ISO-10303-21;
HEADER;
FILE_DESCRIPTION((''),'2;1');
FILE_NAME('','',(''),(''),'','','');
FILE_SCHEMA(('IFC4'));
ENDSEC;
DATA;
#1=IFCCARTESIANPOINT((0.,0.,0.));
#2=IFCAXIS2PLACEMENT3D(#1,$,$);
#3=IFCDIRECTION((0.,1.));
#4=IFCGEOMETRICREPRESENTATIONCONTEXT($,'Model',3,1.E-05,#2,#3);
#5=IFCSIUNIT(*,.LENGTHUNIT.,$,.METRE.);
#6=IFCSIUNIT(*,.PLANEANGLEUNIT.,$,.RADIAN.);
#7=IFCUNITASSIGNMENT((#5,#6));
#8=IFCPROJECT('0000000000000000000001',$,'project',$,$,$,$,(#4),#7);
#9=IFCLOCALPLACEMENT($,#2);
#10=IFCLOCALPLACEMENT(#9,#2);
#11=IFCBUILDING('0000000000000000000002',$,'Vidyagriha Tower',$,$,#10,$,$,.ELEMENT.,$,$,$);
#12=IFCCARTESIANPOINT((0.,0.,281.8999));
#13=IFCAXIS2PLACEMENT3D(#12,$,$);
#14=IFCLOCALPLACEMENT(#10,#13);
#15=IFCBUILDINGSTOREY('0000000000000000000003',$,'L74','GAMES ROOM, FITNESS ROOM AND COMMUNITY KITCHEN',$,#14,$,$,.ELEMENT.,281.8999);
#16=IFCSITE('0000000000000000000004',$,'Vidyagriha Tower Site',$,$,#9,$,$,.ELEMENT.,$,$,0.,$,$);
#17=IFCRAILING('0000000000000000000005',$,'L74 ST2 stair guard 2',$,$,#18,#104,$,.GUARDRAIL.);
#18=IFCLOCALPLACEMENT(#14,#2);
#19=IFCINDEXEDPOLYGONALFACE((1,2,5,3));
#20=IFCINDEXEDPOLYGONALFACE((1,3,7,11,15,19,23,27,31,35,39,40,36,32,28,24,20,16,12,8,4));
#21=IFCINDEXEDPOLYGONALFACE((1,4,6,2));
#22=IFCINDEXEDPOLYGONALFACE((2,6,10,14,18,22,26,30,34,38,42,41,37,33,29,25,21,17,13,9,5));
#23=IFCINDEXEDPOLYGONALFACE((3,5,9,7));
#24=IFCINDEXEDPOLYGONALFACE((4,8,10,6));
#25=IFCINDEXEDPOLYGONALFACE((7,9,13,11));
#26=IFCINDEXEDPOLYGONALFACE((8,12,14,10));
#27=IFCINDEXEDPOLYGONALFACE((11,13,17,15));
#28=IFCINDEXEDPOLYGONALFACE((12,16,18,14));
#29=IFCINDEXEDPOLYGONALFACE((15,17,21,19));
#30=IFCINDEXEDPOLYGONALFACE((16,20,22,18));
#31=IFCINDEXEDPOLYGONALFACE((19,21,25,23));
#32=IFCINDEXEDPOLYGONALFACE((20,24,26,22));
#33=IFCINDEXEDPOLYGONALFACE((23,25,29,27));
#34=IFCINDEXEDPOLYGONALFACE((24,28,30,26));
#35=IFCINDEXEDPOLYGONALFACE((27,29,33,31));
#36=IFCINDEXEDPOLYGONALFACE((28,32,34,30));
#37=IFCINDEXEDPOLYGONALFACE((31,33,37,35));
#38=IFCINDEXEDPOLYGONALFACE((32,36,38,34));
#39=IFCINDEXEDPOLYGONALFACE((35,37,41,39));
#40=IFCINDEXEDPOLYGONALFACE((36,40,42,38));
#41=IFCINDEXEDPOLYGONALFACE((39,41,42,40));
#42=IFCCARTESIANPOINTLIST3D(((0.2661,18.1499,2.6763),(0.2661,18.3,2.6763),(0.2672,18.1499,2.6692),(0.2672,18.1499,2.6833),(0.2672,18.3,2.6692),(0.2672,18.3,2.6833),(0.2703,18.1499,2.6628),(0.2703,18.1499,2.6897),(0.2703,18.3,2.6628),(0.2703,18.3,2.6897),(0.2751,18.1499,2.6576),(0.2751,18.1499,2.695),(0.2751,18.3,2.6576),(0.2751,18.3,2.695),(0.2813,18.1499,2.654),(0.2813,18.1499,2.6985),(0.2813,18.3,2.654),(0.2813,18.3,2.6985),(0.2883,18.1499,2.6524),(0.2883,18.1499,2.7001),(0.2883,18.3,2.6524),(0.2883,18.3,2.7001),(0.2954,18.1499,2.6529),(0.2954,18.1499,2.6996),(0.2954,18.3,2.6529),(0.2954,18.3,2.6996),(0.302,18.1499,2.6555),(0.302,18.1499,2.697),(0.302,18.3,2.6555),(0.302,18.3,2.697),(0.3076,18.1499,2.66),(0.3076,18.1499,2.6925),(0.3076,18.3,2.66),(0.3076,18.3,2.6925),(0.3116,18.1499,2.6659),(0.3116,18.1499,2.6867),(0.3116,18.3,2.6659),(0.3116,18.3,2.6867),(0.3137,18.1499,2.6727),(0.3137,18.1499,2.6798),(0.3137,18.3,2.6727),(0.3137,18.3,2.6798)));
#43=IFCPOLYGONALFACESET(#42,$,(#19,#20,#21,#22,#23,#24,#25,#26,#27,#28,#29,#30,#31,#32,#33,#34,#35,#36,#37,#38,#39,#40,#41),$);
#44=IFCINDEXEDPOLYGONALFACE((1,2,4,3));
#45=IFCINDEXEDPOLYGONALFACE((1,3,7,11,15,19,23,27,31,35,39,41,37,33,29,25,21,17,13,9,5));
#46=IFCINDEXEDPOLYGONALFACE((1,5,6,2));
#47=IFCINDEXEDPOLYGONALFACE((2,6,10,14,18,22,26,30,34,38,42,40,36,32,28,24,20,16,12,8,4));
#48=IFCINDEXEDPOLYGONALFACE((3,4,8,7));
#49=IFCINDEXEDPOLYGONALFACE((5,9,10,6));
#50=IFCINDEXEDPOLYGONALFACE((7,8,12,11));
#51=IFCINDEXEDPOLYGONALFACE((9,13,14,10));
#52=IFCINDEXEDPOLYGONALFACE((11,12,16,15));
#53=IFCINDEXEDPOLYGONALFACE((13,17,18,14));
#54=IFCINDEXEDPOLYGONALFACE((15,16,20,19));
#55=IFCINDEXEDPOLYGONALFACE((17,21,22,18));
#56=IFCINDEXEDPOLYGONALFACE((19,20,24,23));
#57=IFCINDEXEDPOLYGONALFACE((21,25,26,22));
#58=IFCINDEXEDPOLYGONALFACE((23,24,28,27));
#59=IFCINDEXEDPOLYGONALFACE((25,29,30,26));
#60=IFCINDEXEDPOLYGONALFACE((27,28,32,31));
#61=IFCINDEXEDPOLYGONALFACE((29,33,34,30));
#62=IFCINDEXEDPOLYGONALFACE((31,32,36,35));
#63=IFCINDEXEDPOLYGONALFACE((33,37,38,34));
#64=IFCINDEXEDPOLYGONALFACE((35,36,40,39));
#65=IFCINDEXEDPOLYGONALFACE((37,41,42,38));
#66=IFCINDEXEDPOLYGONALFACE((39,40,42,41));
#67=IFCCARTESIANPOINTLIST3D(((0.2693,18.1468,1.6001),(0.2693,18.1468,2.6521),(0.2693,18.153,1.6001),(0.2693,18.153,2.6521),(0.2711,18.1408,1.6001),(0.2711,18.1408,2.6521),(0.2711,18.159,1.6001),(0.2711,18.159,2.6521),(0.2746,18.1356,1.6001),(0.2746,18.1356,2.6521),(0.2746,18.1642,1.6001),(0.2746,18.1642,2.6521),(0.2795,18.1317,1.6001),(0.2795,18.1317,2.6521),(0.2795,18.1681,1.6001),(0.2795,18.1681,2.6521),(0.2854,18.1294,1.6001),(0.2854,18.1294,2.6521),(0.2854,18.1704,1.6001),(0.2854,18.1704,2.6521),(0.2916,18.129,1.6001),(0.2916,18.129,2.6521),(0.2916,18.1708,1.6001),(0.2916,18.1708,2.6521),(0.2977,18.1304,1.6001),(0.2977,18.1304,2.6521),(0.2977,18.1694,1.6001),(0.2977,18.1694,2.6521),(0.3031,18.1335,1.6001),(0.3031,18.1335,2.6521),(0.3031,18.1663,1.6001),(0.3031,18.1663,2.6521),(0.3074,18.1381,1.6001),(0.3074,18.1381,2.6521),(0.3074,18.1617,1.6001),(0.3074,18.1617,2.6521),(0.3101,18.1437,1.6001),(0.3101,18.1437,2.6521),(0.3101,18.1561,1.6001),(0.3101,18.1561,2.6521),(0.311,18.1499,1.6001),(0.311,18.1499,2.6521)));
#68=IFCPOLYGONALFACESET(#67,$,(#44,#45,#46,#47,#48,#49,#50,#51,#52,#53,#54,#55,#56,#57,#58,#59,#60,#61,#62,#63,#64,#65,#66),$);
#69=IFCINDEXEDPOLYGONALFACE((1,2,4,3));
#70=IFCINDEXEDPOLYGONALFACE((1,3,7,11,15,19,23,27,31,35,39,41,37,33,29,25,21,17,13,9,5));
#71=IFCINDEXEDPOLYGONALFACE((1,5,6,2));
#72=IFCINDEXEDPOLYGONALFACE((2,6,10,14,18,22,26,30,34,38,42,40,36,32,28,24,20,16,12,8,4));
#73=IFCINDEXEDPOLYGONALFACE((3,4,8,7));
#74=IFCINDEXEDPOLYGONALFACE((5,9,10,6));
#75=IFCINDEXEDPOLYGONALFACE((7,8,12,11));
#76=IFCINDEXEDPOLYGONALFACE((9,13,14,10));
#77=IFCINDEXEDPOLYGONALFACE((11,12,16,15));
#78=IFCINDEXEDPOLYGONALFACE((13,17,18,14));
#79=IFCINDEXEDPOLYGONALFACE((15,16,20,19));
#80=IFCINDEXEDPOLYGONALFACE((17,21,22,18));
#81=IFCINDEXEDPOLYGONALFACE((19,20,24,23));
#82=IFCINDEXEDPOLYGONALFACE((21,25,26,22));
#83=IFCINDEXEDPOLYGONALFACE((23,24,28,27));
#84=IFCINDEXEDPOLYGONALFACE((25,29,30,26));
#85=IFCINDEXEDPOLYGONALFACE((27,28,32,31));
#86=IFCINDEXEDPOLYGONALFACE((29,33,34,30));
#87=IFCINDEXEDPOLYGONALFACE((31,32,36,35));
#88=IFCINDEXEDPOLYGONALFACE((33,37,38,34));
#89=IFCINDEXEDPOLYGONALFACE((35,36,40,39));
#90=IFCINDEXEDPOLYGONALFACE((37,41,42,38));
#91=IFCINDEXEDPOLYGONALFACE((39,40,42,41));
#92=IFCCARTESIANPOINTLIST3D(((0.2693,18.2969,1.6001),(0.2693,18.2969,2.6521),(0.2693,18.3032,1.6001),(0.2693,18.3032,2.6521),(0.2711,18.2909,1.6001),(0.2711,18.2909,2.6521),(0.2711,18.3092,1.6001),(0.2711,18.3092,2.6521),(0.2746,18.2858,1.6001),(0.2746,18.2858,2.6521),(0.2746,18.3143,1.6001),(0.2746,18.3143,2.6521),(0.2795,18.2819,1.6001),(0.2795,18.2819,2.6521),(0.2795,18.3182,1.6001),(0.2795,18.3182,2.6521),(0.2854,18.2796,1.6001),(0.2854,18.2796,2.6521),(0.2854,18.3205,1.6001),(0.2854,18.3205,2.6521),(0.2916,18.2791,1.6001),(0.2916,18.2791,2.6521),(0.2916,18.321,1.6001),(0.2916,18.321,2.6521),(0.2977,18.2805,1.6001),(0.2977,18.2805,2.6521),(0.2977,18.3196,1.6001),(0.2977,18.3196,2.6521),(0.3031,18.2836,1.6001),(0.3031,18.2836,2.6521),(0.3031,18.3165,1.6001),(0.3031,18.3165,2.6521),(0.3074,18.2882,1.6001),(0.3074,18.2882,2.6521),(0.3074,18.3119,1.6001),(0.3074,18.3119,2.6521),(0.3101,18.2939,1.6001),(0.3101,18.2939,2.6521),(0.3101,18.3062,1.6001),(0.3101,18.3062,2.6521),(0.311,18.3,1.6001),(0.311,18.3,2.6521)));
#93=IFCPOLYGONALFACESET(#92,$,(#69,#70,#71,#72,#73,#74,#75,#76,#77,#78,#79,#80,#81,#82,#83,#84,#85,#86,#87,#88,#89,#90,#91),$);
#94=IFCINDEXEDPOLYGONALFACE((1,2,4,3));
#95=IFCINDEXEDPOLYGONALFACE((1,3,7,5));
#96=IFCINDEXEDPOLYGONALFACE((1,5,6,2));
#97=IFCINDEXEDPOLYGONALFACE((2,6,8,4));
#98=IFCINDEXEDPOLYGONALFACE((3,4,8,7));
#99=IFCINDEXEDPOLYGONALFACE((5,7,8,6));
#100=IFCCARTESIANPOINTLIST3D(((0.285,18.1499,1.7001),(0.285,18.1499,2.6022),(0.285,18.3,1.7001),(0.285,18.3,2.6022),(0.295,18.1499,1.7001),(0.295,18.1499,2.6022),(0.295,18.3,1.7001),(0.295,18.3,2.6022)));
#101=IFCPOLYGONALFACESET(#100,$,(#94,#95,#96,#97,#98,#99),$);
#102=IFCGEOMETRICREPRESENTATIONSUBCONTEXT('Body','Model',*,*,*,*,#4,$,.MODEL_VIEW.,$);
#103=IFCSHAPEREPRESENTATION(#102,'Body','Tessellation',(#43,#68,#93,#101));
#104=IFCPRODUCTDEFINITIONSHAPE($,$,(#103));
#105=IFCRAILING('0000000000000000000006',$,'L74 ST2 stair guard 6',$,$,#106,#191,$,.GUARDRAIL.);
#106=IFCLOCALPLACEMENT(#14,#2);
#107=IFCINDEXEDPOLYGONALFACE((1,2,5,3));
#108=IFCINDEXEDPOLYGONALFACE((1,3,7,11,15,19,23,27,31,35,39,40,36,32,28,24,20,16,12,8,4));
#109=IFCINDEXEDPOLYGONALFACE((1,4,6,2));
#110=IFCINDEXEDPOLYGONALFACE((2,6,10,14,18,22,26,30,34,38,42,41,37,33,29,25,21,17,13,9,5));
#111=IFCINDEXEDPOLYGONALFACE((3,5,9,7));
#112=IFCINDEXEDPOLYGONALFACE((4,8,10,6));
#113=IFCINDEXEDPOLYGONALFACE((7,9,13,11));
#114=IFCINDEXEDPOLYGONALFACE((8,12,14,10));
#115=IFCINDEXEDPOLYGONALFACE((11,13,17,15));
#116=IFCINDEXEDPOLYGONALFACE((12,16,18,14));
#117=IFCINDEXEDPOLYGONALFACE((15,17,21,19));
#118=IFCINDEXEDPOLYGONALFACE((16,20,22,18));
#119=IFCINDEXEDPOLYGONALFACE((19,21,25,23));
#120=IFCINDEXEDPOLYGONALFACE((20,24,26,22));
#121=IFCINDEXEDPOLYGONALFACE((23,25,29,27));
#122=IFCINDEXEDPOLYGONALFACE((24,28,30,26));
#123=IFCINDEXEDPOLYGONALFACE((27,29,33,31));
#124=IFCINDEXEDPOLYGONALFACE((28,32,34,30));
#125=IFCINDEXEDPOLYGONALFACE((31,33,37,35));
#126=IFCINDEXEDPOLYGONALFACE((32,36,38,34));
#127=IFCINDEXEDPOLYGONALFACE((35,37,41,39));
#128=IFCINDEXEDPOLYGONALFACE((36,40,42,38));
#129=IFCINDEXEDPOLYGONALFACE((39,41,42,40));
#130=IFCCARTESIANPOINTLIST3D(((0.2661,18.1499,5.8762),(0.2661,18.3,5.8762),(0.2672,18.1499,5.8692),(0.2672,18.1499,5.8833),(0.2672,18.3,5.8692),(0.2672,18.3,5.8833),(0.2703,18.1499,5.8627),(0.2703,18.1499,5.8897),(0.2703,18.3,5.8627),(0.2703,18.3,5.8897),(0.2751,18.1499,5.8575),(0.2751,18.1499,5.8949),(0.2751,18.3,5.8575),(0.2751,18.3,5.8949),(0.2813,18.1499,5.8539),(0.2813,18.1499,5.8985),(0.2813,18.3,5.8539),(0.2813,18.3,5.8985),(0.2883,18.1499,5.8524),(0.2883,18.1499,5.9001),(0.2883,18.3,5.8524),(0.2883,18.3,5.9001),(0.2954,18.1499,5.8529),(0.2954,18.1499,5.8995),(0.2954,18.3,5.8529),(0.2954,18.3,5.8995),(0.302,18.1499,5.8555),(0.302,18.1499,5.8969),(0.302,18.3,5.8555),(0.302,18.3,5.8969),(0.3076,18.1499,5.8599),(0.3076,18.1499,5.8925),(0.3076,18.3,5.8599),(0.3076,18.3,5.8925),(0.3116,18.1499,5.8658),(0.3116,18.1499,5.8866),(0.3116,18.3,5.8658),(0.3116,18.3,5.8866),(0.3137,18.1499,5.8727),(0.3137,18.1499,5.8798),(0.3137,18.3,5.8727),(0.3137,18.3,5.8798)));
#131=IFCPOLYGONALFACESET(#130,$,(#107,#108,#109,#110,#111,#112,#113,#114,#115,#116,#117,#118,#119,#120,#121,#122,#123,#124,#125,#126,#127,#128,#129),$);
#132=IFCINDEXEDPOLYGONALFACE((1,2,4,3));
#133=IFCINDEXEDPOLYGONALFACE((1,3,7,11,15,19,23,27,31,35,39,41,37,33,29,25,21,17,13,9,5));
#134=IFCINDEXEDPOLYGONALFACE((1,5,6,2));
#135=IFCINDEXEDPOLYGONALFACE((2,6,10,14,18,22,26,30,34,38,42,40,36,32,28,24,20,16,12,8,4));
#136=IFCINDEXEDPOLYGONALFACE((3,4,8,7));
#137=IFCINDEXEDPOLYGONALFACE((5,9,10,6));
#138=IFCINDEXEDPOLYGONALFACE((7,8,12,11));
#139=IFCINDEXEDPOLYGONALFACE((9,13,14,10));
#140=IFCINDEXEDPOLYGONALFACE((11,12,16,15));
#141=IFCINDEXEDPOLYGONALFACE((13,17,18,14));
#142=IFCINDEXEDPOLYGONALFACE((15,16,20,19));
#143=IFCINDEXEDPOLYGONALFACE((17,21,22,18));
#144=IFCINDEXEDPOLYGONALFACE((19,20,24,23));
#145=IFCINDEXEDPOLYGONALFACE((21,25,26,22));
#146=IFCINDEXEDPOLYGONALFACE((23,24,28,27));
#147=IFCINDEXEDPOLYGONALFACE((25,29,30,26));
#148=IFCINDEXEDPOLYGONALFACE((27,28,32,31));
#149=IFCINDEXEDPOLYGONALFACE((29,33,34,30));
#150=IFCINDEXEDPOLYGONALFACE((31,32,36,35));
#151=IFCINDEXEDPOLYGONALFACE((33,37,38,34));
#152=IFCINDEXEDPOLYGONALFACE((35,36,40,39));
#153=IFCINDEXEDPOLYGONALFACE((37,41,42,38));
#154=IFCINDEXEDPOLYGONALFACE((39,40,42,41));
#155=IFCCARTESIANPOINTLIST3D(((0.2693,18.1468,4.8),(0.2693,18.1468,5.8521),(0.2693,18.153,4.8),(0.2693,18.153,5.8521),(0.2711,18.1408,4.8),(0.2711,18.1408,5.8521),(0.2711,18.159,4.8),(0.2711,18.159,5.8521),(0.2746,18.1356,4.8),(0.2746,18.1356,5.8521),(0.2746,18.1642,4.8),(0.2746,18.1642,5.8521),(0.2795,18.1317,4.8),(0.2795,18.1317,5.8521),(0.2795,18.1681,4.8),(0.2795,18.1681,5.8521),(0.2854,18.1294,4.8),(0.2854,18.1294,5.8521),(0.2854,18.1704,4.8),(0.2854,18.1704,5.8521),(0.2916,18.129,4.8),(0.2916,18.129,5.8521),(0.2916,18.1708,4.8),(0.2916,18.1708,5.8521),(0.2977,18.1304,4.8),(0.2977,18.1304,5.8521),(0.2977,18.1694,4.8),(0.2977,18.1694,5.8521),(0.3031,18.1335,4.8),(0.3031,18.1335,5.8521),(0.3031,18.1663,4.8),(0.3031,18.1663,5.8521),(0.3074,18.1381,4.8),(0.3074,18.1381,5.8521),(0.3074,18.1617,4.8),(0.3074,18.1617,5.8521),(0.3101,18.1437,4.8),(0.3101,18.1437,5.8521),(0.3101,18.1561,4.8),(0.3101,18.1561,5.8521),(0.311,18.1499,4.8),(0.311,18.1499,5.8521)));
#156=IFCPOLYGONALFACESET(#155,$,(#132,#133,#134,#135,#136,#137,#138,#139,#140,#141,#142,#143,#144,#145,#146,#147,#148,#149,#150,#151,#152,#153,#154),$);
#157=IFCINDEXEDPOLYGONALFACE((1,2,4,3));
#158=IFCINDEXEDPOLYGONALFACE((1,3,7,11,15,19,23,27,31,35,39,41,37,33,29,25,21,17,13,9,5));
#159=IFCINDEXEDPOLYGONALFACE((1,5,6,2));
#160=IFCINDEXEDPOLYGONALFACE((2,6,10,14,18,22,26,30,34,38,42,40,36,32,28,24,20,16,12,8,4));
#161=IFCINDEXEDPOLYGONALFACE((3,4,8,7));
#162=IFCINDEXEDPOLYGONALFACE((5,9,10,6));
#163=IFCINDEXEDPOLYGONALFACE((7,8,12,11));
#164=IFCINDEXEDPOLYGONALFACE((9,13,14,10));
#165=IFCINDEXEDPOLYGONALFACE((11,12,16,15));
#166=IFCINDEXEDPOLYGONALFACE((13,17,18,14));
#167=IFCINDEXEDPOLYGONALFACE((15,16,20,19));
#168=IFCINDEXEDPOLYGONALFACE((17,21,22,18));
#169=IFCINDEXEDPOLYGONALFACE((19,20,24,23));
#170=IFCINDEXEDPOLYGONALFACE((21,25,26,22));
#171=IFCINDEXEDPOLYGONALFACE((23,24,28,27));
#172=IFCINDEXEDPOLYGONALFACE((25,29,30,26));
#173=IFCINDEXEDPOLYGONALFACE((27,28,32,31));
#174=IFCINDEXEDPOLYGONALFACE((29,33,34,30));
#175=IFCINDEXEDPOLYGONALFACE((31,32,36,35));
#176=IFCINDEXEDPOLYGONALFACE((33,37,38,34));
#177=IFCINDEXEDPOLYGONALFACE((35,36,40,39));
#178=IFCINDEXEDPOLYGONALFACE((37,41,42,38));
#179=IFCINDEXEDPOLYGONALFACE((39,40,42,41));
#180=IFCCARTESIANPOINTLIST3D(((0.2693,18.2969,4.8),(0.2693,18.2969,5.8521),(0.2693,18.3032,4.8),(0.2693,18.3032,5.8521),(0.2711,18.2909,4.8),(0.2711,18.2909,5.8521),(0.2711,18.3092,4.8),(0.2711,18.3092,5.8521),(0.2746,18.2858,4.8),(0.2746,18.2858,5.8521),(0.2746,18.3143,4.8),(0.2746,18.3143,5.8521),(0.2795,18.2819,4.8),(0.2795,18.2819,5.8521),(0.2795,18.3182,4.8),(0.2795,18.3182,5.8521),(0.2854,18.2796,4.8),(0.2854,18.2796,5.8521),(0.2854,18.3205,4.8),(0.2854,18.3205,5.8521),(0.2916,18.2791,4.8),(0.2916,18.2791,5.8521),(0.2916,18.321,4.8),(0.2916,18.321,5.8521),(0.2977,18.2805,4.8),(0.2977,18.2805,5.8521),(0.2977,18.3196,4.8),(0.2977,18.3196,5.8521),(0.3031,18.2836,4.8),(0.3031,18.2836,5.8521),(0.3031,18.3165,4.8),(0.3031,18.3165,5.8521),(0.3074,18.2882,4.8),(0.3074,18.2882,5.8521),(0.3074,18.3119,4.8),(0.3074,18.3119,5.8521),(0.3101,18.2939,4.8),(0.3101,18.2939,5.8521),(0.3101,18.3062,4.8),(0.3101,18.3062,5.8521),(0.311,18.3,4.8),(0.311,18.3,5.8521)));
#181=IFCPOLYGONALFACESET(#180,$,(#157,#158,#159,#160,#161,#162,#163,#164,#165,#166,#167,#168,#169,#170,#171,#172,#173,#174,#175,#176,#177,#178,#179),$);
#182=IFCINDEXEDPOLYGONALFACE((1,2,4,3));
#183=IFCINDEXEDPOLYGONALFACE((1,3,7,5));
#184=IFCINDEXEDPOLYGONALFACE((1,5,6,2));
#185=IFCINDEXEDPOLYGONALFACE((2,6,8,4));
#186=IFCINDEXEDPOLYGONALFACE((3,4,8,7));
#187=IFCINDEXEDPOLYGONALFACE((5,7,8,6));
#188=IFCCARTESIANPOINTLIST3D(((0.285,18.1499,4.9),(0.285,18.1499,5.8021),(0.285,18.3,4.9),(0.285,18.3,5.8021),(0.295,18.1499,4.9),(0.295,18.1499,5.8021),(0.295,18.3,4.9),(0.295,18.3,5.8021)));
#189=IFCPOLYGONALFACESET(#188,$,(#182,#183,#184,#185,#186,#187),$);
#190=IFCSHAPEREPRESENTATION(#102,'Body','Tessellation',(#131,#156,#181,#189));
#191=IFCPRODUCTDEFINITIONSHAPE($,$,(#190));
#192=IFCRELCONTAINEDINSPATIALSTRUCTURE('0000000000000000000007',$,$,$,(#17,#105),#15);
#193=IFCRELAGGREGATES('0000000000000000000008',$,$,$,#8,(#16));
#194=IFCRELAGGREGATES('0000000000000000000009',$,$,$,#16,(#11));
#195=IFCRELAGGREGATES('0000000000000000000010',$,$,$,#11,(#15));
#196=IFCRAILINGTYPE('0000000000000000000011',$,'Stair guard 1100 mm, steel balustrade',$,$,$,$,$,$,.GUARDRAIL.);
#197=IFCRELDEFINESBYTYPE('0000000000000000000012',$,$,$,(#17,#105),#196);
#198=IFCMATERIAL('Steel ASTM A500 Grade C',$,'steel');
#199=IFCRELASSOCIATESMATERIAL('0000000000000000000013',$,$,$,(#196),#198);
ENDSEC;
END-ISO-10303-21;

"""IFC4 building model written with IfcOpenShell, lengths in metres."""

from ifc_helpers import new_model, si_unit, direction, frame, origin, origin_2d, place, context, subcontext, project, spatial, rectangle, circle, extrude, material, type_object, element, save


model = new_model("IFC4")

# Units and contexts
model_context = context("Model", 3, precision=1e-05, world=origin(), true_north=direction((0.0, 1.0)))
body_context = subcontext(model_context, "Body", "Model", "MODEL_VIEW")
ifc_project = project(units=[si_unit("LENGTHUNIT", "METRE"), si_unit("PLANEANGLEUNIT", "RADIAN")], contexts=[model_context])

# Site, building, storey
site_placement = place(None, origin())
site = spatial("IfcSite", under=ifc_project, at=site_placement, Name="Vidyagriha Tower Site", CompositionType="ELEMENT", RefElevation=0.0)
building_placement = place(site_placement, origin())
building = spatial("IfcBuilding", under=site, at=building_placement, Name="Vidyagriha Tower", CompositionType="ELEMENT")
storey_placement = place(building_placement, frame((0.0, 0.0, 281.8999)))
storey = spatial("IfcBuildingStorey", under=building, at=storey_placement, Name="L74", Description="GAMES ROOM, FITNESS ROOM AND COMMUNITY KITCHEN", CompositionType="ELEMENT", Elevation=281.8999)

# Railings
ifc_material_1 = material(Name="Steel ASTM A500 Grade C", Category="steel")
railing_type_1 = type_object("IfcRailingType", Name="Stair guard 1100 mm, steel balustrade", PredefinedType="GUARDRAIL", material=ifc_material_1)
for number, where, name in (
    (1, (0.29, 18.1499, 1.6001), "L74 ST2 stair guard 2"),
    (2, (0.29, 18.1499, 4.8), "L74 ST2 stair guard 6"),
):
    element("IfcRailing", number, at=place(storey_placement, frame(where)), inside=storey, type_object=railing_type_1, Name=name, PredefinedType="GUARDRAIL", context=body_context, shape_type="SweptSolid", body=[
        extrude(circle(Radius=0.0239, at=origin_2d()), frame((0.0, 0.0, 1.0762), z_axis=(0.0, 1.0, 0.0), x_axis=(-1.0, 0.0, 0.0)), (0.0, 0.0, 1.0), 0.1501),
        extrude(circle(Radius=0.021, at=origin_2d()), origin(), (0.0, 0.0, 1.0), 1.052),
        extrude(circle(Radius=0.021, at=origin_2d()), frame((0.0, 0.1501, 0.0)), (0.0, 0.0, 1.0), 1.052),
        extrude(rectangle(XDim=0.01, YDim=0.9021, at=origin_2d()), frame((0.0, 0.0, 0.551), z_axis=(0.0, 1.0, 0.0), x_axis=(-1.0, 0.0, 0.0)), (0.0, 0.0, 1.0), 0.1501),
    ])

save(model, "model.ifc")
